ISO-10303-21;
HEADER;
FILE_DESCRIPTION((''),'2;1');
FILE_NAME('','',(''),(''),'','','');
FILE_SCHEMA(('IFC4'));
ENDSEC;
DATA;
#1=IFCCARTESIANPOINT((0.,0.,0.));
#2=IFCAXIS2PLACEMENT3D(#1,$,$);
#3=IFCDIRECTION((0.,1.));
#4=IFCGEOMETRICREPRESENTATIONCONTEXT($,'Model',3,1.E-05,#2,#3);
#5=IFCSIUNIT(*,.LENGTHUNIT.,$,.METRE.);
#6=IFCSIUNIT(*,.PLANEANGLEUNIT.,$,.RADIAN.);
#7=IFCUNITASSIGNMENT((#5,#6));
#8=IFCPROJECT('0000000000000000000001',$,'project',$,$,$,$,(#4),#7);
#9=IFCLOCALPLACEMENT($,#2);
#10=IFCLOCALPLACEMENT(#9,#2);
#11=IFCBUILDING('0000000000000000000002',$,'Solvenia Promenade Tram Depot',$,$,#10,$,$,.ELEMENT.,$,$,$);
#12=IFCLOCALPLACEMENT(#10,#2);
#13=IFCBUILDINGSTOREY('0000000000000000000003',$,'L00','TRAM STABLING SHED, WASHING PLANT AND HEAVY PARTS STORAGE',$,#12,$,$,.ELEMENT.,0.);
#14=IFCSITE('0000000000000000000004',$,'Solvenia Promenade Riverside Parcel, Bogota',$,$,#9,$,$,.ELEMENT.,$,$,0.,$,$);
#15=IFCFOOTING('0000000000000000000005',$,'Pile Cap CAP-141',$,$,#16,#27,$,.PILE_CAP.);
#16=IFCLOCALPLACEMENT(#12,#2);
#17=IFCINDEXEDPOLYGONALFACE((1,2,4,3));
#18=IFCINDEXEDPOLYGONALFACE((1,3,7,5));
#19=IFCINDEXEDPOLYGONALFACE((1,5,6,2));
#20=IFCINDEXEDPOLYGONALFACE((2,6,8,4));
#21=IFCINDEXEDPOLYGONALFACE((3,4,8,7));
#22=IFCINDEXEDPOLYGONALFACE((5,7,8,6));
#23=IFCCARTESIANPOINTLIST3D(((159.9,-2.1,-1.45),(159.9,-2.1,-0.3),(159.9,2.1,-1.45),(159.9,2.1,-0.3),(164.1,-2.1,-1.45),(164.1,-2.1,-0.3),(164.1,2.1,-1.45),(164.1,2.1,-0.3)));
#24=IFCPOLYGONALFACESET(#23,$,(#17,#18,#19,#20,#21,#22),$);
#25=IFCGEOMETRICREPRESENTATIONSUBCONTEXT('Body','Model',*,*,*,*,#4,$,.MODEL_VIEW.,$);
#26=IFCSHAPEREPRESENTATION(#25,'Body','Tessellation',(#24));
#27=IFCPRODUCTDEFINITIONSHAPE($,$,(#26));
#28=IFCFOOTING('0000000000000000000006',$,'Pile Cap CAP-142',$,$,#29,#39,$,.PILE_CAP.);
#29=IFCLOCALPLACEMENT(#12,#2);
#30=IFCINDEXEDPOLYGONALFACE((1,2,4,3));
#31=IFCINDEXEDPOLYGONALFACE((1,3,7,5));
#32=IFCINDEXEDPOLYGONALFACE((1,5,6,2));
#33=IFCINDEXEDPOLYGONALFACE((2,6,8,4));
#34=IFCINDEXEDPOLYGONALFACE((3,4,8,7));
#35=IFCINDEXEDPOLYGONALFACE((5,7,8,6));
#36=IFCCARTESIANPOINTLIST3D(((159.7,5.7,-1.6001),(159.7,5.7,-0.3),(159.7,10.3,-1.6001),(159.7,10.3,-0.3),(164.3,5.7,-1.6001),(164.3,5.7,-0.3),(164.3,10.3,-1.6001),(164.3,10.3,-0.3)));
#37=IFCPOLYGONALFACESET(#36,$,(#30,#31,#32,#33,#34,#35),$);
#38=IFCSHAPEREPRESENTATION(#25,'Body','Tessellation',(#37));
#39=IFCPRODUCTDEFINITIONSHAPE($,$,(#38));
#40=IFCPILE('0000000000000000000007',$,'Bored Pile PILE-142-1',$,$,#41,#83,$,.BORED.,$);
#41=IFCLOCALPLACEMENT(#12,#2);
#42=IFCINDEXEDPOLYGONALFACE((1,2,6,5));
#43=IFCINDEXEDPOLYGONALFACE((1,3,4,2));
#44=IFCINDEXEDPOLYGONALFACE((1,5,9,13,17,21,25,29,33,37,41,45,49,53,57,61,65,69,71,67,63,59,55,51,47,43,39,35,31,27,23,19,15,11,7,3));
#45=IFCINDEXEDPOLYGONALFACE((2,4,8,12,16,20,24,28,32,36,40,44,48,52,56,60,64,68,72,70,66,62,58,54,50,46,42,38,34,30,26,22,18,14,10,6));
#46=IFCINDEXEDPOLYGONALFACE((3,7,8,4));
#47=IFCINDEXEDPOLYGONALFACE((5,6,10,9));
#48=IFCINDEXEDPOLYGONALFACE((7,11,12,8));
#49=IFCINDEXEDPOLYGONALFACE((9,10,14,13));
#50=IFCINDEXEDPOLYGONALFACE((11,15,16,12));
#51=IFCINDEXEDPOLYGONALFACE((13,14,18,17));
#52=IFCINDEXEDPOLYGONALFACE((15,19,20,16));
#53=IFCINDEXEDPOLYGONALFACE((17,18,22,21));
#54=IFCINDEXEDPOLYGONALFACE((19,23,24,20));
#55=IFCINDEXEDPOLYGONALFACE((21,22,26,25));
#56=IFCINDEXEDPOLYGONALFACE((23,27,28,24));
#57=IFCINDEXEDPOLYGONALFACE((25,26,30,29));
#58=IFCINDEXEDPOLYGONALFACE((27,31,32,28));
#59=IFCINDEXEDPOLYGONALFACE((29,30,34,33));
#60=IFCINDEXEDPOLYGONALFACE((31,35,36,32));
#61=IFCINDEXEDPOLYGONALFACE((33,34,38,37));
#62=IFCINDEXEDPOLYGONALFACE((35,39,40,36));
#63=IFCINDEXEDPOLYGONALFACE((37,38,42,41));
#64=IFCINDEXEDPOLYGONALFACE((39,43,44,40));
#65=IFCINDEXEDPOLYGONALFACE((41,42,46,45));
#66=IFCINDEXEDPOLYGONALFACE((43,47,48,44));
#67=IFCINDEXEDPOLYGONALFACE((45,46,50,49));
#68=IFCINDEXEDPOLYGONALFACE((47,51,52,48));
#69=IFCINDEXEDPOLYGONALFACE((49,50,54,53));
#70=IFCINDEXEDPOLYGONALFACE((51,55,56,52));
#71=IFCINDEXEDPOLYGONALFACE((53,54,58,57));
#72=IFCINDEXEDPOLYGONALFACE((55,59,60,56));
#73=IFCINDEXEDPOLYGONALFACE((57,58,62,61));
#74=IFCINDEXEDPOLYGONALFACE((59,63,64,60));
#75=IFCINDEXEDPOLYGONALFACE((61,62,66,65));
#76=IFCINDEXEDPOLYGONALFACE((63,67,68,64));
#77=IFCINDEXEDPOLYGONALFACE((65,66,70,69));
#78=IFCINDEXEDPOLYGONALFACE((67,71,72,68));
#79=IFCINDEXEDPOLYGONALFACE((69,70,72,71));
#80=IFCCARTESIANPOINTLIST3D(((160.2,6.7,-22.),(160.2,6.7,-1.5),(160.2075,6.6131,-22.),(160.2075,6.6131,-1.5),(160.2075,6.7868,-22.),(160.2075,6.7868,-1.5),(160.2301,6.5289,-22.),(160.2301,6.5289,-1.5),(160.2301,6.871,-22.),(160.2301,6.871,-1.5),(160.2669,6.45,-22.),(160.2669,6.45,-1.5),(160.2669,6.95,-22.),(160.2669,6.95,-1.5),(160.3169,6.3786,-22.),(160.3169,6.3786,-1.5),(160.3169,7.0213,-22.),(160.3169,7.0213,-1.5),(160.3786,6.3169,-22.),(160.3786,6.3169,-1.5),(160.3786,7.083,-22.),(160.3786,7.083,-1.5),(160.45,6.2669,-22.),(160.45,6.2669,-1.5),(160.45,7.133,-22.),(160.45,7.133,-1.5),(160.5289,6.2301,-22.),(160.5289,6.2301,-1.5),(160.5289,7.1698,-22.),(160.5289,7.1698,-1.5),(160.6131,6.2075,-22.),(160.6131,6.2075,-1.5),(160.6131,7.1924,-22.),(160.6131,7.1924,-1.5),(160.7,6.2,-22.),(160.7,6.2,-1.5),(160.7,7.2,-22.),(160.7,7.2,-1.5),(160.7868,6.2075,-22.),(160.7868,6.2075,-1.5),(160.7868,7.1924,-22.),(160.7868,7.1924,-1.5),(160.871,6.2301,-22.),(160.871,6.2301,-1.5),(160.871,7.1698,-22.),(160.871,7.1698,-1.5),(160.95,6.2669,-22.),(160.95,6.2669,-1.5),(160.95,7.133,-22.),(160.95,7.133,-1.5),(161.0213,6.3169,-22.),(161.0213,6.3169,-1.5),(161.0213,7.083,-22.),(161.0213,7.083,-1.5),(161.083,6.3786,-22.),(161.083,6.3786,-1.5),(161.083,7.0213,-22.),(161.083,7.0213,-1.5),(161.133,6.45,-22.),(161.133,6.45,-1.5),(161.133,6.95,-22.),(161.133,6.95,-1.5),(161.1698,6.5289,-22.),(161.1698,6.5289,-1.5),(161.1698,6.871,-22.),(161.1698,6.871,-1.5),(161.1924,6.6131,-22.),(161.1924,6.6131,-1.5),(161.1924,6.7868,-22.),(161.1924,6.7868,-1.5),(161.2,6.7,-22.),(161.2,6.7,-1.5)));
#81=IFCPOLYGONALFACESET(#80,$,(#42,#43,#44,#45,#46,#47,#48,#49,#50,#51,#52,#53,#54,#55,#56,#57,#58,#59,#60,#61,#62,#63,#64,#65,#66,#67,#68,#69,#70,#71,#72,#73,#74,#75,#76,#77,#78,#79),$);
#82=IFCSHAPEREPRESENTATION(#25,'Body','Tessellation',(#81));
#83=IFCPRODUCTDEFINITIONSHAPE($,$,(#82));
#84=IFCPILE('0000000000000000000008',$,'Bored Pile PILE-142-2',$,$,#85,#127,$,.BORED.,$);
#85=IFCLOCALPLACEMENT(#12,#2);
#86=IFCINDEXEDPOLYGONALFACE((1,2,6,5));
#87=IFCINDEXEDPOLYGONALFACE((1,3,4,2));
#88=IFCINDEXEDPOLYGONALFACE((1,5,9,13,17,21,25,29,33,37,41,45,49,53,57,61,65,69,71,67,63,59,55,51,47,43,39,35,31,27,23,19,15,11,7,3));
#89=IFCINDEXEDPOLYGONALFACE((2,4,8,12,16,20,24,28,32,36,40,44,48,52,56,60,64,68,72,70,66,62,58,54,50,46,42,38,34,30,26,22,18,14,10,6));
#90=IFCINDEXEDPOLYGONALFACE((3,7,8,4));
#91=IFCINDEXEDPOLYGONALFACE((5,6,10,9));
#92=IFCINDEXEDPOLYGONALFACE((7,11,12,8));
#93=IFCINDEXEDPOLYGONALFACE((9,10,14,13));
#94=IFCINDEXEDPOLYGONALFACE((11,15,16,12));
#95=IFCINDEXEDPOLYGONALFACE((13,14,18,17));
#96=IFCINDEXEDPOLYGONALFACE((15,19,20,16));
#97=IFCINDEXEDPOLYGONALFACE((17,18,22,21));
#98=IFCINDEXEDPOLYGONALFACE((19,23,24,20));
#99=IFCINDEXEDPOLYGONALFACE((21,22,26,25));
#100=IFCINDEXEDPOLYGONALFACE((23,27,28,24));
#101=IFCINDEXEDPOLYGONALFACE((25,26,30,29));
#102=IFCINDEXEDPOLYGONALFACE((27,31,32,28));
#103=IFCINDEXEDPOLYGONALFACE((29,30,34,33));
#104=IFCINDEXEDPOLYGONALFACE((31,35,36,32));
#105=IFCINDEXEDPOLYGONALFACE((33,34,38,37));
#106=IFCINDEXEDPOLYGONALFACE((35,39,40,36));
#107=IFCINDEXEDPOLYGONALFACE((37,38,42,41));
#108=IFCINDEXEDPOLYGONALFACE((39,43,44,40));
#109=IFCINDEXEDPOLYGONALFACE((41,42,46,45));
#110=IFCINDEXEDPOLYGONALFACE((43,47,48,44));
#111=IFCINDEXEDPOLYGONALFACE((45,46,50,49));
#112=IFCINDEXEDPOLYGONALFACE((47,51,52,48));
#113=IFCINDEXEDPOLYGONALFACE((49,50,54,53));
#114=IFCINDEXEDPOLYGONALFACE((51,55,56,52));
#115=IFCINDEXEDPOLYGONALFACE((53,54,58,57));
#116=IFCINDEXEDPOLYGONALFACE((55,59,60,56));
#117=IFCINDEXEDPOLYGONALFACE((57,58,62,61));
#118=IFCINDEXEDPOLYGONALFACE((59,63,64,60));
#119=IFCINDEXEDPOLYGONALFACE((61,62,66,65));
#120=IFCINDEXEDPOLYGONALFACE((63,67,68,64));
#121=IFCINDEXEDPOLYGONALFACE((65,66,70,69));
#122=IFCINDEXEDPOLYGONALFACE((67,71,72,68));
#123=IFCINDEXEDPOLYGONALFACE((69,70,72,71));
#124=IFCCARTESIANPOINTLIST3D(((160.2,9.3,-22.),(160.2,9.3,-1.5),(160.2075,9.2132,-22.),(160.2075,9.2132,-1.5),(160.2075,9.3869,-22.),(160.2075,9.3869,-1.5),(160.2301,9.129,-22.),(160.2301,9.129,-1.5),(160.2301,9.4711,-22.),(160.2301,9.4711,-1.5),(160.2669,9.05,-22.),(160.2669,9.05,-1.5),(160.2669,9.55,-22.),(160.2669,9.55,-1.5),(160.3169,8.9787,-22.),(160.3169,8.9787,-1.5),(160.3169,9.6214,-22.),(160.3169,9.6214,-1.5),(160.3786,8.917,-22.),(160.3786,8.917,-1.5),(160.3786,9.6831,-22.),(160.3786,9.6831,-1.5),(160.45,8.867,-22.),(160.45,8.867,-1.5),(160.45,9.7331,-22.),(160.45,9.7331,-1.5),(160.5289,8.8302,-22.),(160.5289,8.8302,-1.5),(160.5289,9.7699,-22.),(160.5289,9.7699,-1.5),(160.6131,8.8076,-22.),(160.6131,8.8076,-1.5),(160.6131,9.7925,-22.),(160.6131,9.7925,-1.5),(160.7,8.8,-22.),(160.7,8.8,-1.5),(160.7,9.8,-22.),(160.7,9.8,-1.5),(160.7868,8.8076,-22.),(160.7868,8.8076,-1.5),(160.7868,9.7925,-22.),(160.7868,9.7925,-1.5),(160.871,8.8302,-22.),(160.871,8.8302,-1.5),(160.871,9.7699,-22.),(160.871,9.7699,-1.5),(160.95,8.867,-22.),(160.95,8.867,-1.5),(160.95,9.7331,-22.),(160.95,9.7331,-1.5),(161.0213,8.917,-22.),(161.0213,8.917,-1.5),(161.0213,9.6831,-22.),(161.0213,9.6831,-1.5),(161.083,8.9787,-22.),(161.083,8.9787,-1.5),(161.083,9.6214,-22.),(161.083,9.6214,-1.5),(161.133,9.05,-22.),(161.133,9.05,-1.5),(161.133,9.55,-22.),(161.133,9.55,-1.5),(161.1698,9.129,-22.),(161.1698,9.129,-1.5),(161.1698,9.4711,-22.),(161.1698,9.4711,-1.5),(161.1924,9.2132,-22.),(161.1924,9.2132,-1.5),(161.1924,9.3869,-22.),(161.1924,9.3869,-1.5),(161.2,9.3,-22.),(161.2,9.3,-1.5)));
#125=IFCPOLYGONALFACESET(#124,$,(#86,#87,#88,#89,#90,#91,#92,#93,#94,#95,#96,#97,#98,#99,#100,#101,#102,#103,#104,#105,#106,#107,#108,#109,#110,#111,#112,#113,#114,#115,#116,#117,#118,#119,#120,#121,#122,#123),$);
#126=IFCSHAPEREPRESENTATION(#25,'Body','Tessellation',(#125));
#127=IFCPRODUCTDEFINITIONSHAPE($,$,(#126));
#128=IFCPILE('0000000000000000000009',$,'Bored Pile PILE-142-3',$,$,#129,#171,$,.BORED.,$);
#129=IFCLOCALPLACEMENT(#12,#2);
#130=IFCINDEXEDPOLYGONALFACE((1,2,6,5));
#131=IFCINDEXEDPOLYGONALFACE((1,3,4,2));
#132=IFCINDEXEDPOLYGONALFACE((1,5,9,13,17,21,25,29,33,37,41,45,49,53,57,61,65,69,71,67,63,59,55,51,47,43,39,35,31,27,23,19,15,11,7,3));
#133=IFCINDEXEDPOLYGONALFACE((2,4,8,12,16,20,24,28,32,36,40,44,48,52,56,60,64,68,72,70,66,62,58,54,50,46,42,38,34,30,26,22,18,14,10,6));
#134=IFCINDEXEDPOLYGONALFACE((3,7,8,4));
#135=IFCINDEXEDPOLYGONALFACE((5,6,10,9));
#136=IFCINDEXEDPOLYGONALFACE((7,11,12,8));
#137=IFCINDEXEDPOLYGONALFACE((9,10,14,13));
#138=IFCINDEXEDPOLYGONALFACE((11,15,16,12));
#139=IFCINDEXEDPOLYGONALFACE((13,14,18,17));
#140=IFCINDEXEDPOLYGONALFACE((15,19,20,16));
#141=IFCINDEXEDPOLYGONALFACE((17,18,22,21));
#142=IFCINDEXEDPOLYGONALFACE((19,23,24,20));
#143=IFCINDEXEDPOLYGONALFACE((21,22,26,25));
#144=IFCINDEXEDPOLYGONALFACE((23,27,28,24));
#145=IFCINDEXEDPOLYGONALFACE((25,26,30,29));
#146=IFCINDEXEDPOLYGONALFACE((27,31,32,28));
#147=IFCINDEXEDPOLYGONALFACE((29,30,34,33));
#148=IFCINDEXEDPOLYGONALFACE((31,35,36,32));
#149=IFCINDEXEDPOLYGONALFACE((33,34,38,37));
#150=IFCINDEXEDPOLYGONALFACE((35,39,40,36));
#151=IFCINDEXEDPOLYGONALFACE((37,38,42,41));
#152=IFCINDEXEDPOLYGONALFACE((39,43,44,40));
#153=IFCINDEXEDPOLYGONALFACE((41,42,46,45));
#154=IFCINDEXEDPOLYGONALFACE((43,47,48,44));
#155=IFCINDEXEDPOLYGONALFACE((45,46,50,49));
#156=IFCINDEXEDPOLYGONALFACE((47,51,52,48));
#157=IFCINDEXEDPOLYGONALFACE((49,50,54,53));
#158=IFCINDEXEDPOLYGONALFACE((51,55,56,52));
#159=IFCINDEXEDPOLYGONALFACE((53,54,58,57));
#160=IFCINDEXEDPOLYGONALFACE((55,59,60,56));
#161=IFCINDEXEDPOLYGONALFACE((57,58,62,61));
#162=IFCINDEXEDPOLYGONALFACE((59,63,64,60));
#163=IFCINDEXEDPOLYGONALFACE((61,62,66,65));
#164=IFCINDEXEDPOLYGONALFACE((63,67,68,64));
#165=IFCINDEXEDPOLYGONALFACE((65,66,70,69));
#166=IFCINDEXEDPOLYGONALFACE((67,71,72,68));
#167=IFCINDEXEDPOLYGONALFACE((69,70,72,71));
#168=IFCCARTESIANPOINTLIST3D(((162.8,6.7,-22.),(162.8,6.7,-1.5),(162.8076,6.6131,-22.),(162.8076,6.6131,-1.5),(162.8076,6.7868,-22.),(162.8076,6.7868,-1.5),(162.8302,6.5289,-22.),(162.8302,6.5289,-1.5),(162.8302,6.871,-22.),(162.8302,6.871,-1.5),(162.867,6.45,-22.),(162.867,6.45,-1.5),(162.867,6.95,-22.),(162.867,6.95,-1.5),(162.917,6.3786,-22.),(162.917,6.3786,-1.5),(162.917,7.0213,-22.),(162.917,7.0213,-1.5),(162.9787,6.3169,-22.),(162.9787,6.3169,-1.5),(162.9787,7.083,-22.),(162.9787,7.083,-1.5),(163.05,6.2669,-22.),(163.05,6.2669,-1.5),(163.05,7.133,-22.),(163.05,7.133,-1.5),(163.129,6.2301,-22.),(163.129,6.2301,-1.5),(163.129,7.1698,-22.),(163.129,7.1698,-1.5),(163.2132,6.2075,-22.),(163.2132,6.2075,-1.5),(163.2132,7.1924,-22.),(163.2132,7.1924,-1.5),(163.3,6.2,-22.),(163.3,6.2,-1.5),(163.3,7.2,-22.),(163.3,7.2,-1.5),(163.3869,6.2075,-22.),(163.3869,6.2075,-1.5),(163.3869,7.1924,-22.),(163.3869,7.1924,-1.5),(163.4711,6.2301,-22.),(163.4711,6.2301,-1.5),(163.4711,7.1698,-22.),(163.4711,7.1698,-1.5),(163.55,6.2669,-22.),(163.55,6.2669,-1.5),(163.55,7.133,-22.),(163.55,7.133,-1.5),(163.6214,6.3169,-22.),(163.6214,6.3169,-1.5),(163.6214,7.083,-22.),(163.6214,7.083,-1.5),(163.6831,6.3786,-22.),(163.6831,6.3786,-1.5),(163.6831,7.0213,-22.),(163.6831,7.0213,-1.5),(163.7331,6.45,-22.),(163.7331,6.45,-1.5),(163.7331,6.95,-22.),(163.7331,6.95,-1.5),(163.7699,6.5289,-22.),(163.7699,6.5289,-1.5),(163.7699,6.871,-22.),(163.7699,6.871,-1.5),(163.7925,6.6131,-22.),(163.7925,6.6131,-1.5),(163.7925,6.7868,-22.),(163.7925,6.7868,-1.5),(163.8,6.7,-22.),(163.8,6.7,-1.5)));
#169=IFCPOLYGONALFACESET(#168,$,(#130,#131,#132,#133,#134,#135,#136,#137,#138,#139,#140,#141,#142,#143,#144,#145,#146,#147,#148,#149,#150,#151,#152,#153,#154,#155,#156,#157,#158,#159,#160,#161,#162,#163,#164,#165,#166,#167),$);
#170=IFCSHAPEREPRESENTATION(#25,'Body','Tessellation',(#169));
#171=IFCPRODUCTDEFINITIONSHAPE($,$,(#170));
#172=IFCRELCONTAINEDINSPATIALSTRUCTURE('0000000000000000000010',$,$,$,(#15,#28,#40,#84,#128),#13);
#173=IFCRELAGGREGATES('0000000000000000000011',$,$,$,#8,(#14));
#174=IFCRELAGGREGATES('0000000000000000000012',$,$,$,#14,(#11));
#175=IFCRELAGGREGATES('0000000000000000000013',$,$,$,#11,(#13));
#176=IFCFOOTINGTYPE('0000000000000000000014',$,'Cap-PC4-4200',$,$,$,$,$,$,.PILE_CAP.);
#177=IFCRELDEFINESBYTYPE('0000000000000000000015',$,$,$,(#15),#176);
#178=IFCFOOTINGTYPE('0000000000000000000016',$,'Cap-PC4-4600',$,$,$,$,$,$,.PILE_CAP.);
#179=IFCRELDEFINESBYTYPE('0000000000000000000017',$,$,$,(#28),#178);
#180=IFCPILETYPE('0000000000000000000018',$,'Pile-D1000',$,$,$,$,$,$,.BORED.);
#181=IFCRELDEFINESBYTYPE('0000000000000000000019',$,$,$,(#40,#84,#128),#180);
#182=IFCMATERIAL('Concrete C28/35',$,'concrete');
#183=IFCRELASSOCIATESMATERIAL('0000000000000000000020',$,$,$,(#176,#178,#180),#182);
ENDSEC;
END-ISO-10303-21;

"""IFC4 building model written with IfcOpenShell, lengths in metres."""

from ifc_helpers import new_model, si_unit, direction, frame, origin, origin_2d, place, context, subcontext, project, spatial, rectangle, circle, extrude, material, material_profile, profile_set, type_object, element, save


model = new_model("IFC4")

# Units and contexts
model_context = context("Model", 3, precision=1e-05, world=origin(), true_north=direction((0.0, 1.0)))
body_context = subcontext(model_context, "Body", "Model", "MODEL_VIEW")
ifc_project = project(units=[si_unit("LENGTHUNIT", "METRE"), si_unit("PLANEANGLEUNIT", "RADIAN")], contexts=[model_context])

# Site, building, storey
site_placement = place(None, origin())
site = spatial("IfcSite", under=ifc_project, at=site_placement, Name="Solvenia Promenade Riverside Parcel, Bogota", CompositionType="ELEMENT", RefElevation=0.0)
building_placement = place(site_placement, origin())
building = spatial("IfcBuilding", under=site, at=building_placement, Name="Solvenia Promenade Tram Depot", CompositionType="ELEMENT")
storey_placement = place(building_placement, origin())
storey = spatial("IfcBuildingStorey", under=building, at=storey_placement, Name="L00", Description="TRAM STABLING SHED, WASHING PLANT AND HEAVY PARTS STORAGE", CompositionType="ELEMENT", Elevation=0.0)

# Footings
ifc_material_1 = material(Name="Concrete C28/35", Category="concrete")
footing_type_1 = type_object("IfcFootingType", Name="Cap-PC4-4200", PredefinedType="PILE_CAP", material=ifc_material_1)
footing_1_placement = place(storey_placement, frame((162.0, 0.0, -1.45), z_axis=(0.0, 0.0, 1.0), x_axis=(1.0, 0.0, 0.0)))
element("IfcFooting", 1, at=footing_1_placement, inside=storey, type_object=footing_type_1, Name="Pile Cap CAP-141", PredefinedType="PILE_CAP", context=body_context, shape_type="SweptSolid", body=[
    extrude(rectangle(XDim=4.2, YDim=4.2, at=origin_2d()), origin(), (0.0, 0.0, 1.0), 1.1499),
])
footing_type_2 = type_object("IfcFootingType", Name="Cap-PC4-4600", PredefinedType="PILE_CAP", material=ifc_material_1)
footing_2_placement = place(storey_placement, frame((162.0, 8.0, -1.6001), z_axis=(0.0, 0.0, 1.0), x_axis=(1.0, 0.0, 0.0)))
element("IfcFooting", 2, at=footing_2_placement, inside=storey, type_object=footing_type_2, Name="Pile Cap CAP-142", PredefinedType="PILE_CAP", context=body_context, shape_type="SweptSolid", body=[
    extrude(rectangle(XDim=4.6001, YDim=4.6001, at=origin_2d()), origin(), (0.0, 0.0, 1.0), 1.3),
])

# Piles
ifc_material_profile_1 = material_profile(ifc_material_1, circle(Radius=0.5, at=origin_2d()), Name="D1000", Category="concrete")
ifc_profile_set_1 = profile_set([ifc_material_profile_1], Name="Concrete C28/35")
pile_type_1 = type_object("IfcPileType", Name="Pile-D1000", PredefinedType="BORED", material=ifc_profile_set_1)
for number, where, z_axis, x_axis, name in (
    (3, (160.7, 6.7, -1.5), (0.0, 0.0, -1.0), (1.0, 0.0, 0.0), "Bored Pile PILE-142-1"),
    (4, (160.7, 9.3, -1.5), (0.0, 0.0, -1.0), (1.0, 0.0, 0.0), "Bored Pile PILE-142-2"),
    (5, (163.3, 6.7, -1.5), (0.0, 0.0, -1.0), (1.0, 0.0, 0.0), "Bored Pile PILE-142-3"),
):
    element("IfcPile", number, at=place(storey_placement, frame(where, z_axis=z_axis, x_axis=x_axis)), inside=storey, type_object=pile_type_1, Name=name, PredefinedType="BORED", context=body_context, shape_type="SweptSolid", body=[
        extrude(circle(Radius=0.5, at=origin_2d()), origin(), (0.0, 0.0, 1.0), 20.5),
    ])

save(model, "model.ifc")
